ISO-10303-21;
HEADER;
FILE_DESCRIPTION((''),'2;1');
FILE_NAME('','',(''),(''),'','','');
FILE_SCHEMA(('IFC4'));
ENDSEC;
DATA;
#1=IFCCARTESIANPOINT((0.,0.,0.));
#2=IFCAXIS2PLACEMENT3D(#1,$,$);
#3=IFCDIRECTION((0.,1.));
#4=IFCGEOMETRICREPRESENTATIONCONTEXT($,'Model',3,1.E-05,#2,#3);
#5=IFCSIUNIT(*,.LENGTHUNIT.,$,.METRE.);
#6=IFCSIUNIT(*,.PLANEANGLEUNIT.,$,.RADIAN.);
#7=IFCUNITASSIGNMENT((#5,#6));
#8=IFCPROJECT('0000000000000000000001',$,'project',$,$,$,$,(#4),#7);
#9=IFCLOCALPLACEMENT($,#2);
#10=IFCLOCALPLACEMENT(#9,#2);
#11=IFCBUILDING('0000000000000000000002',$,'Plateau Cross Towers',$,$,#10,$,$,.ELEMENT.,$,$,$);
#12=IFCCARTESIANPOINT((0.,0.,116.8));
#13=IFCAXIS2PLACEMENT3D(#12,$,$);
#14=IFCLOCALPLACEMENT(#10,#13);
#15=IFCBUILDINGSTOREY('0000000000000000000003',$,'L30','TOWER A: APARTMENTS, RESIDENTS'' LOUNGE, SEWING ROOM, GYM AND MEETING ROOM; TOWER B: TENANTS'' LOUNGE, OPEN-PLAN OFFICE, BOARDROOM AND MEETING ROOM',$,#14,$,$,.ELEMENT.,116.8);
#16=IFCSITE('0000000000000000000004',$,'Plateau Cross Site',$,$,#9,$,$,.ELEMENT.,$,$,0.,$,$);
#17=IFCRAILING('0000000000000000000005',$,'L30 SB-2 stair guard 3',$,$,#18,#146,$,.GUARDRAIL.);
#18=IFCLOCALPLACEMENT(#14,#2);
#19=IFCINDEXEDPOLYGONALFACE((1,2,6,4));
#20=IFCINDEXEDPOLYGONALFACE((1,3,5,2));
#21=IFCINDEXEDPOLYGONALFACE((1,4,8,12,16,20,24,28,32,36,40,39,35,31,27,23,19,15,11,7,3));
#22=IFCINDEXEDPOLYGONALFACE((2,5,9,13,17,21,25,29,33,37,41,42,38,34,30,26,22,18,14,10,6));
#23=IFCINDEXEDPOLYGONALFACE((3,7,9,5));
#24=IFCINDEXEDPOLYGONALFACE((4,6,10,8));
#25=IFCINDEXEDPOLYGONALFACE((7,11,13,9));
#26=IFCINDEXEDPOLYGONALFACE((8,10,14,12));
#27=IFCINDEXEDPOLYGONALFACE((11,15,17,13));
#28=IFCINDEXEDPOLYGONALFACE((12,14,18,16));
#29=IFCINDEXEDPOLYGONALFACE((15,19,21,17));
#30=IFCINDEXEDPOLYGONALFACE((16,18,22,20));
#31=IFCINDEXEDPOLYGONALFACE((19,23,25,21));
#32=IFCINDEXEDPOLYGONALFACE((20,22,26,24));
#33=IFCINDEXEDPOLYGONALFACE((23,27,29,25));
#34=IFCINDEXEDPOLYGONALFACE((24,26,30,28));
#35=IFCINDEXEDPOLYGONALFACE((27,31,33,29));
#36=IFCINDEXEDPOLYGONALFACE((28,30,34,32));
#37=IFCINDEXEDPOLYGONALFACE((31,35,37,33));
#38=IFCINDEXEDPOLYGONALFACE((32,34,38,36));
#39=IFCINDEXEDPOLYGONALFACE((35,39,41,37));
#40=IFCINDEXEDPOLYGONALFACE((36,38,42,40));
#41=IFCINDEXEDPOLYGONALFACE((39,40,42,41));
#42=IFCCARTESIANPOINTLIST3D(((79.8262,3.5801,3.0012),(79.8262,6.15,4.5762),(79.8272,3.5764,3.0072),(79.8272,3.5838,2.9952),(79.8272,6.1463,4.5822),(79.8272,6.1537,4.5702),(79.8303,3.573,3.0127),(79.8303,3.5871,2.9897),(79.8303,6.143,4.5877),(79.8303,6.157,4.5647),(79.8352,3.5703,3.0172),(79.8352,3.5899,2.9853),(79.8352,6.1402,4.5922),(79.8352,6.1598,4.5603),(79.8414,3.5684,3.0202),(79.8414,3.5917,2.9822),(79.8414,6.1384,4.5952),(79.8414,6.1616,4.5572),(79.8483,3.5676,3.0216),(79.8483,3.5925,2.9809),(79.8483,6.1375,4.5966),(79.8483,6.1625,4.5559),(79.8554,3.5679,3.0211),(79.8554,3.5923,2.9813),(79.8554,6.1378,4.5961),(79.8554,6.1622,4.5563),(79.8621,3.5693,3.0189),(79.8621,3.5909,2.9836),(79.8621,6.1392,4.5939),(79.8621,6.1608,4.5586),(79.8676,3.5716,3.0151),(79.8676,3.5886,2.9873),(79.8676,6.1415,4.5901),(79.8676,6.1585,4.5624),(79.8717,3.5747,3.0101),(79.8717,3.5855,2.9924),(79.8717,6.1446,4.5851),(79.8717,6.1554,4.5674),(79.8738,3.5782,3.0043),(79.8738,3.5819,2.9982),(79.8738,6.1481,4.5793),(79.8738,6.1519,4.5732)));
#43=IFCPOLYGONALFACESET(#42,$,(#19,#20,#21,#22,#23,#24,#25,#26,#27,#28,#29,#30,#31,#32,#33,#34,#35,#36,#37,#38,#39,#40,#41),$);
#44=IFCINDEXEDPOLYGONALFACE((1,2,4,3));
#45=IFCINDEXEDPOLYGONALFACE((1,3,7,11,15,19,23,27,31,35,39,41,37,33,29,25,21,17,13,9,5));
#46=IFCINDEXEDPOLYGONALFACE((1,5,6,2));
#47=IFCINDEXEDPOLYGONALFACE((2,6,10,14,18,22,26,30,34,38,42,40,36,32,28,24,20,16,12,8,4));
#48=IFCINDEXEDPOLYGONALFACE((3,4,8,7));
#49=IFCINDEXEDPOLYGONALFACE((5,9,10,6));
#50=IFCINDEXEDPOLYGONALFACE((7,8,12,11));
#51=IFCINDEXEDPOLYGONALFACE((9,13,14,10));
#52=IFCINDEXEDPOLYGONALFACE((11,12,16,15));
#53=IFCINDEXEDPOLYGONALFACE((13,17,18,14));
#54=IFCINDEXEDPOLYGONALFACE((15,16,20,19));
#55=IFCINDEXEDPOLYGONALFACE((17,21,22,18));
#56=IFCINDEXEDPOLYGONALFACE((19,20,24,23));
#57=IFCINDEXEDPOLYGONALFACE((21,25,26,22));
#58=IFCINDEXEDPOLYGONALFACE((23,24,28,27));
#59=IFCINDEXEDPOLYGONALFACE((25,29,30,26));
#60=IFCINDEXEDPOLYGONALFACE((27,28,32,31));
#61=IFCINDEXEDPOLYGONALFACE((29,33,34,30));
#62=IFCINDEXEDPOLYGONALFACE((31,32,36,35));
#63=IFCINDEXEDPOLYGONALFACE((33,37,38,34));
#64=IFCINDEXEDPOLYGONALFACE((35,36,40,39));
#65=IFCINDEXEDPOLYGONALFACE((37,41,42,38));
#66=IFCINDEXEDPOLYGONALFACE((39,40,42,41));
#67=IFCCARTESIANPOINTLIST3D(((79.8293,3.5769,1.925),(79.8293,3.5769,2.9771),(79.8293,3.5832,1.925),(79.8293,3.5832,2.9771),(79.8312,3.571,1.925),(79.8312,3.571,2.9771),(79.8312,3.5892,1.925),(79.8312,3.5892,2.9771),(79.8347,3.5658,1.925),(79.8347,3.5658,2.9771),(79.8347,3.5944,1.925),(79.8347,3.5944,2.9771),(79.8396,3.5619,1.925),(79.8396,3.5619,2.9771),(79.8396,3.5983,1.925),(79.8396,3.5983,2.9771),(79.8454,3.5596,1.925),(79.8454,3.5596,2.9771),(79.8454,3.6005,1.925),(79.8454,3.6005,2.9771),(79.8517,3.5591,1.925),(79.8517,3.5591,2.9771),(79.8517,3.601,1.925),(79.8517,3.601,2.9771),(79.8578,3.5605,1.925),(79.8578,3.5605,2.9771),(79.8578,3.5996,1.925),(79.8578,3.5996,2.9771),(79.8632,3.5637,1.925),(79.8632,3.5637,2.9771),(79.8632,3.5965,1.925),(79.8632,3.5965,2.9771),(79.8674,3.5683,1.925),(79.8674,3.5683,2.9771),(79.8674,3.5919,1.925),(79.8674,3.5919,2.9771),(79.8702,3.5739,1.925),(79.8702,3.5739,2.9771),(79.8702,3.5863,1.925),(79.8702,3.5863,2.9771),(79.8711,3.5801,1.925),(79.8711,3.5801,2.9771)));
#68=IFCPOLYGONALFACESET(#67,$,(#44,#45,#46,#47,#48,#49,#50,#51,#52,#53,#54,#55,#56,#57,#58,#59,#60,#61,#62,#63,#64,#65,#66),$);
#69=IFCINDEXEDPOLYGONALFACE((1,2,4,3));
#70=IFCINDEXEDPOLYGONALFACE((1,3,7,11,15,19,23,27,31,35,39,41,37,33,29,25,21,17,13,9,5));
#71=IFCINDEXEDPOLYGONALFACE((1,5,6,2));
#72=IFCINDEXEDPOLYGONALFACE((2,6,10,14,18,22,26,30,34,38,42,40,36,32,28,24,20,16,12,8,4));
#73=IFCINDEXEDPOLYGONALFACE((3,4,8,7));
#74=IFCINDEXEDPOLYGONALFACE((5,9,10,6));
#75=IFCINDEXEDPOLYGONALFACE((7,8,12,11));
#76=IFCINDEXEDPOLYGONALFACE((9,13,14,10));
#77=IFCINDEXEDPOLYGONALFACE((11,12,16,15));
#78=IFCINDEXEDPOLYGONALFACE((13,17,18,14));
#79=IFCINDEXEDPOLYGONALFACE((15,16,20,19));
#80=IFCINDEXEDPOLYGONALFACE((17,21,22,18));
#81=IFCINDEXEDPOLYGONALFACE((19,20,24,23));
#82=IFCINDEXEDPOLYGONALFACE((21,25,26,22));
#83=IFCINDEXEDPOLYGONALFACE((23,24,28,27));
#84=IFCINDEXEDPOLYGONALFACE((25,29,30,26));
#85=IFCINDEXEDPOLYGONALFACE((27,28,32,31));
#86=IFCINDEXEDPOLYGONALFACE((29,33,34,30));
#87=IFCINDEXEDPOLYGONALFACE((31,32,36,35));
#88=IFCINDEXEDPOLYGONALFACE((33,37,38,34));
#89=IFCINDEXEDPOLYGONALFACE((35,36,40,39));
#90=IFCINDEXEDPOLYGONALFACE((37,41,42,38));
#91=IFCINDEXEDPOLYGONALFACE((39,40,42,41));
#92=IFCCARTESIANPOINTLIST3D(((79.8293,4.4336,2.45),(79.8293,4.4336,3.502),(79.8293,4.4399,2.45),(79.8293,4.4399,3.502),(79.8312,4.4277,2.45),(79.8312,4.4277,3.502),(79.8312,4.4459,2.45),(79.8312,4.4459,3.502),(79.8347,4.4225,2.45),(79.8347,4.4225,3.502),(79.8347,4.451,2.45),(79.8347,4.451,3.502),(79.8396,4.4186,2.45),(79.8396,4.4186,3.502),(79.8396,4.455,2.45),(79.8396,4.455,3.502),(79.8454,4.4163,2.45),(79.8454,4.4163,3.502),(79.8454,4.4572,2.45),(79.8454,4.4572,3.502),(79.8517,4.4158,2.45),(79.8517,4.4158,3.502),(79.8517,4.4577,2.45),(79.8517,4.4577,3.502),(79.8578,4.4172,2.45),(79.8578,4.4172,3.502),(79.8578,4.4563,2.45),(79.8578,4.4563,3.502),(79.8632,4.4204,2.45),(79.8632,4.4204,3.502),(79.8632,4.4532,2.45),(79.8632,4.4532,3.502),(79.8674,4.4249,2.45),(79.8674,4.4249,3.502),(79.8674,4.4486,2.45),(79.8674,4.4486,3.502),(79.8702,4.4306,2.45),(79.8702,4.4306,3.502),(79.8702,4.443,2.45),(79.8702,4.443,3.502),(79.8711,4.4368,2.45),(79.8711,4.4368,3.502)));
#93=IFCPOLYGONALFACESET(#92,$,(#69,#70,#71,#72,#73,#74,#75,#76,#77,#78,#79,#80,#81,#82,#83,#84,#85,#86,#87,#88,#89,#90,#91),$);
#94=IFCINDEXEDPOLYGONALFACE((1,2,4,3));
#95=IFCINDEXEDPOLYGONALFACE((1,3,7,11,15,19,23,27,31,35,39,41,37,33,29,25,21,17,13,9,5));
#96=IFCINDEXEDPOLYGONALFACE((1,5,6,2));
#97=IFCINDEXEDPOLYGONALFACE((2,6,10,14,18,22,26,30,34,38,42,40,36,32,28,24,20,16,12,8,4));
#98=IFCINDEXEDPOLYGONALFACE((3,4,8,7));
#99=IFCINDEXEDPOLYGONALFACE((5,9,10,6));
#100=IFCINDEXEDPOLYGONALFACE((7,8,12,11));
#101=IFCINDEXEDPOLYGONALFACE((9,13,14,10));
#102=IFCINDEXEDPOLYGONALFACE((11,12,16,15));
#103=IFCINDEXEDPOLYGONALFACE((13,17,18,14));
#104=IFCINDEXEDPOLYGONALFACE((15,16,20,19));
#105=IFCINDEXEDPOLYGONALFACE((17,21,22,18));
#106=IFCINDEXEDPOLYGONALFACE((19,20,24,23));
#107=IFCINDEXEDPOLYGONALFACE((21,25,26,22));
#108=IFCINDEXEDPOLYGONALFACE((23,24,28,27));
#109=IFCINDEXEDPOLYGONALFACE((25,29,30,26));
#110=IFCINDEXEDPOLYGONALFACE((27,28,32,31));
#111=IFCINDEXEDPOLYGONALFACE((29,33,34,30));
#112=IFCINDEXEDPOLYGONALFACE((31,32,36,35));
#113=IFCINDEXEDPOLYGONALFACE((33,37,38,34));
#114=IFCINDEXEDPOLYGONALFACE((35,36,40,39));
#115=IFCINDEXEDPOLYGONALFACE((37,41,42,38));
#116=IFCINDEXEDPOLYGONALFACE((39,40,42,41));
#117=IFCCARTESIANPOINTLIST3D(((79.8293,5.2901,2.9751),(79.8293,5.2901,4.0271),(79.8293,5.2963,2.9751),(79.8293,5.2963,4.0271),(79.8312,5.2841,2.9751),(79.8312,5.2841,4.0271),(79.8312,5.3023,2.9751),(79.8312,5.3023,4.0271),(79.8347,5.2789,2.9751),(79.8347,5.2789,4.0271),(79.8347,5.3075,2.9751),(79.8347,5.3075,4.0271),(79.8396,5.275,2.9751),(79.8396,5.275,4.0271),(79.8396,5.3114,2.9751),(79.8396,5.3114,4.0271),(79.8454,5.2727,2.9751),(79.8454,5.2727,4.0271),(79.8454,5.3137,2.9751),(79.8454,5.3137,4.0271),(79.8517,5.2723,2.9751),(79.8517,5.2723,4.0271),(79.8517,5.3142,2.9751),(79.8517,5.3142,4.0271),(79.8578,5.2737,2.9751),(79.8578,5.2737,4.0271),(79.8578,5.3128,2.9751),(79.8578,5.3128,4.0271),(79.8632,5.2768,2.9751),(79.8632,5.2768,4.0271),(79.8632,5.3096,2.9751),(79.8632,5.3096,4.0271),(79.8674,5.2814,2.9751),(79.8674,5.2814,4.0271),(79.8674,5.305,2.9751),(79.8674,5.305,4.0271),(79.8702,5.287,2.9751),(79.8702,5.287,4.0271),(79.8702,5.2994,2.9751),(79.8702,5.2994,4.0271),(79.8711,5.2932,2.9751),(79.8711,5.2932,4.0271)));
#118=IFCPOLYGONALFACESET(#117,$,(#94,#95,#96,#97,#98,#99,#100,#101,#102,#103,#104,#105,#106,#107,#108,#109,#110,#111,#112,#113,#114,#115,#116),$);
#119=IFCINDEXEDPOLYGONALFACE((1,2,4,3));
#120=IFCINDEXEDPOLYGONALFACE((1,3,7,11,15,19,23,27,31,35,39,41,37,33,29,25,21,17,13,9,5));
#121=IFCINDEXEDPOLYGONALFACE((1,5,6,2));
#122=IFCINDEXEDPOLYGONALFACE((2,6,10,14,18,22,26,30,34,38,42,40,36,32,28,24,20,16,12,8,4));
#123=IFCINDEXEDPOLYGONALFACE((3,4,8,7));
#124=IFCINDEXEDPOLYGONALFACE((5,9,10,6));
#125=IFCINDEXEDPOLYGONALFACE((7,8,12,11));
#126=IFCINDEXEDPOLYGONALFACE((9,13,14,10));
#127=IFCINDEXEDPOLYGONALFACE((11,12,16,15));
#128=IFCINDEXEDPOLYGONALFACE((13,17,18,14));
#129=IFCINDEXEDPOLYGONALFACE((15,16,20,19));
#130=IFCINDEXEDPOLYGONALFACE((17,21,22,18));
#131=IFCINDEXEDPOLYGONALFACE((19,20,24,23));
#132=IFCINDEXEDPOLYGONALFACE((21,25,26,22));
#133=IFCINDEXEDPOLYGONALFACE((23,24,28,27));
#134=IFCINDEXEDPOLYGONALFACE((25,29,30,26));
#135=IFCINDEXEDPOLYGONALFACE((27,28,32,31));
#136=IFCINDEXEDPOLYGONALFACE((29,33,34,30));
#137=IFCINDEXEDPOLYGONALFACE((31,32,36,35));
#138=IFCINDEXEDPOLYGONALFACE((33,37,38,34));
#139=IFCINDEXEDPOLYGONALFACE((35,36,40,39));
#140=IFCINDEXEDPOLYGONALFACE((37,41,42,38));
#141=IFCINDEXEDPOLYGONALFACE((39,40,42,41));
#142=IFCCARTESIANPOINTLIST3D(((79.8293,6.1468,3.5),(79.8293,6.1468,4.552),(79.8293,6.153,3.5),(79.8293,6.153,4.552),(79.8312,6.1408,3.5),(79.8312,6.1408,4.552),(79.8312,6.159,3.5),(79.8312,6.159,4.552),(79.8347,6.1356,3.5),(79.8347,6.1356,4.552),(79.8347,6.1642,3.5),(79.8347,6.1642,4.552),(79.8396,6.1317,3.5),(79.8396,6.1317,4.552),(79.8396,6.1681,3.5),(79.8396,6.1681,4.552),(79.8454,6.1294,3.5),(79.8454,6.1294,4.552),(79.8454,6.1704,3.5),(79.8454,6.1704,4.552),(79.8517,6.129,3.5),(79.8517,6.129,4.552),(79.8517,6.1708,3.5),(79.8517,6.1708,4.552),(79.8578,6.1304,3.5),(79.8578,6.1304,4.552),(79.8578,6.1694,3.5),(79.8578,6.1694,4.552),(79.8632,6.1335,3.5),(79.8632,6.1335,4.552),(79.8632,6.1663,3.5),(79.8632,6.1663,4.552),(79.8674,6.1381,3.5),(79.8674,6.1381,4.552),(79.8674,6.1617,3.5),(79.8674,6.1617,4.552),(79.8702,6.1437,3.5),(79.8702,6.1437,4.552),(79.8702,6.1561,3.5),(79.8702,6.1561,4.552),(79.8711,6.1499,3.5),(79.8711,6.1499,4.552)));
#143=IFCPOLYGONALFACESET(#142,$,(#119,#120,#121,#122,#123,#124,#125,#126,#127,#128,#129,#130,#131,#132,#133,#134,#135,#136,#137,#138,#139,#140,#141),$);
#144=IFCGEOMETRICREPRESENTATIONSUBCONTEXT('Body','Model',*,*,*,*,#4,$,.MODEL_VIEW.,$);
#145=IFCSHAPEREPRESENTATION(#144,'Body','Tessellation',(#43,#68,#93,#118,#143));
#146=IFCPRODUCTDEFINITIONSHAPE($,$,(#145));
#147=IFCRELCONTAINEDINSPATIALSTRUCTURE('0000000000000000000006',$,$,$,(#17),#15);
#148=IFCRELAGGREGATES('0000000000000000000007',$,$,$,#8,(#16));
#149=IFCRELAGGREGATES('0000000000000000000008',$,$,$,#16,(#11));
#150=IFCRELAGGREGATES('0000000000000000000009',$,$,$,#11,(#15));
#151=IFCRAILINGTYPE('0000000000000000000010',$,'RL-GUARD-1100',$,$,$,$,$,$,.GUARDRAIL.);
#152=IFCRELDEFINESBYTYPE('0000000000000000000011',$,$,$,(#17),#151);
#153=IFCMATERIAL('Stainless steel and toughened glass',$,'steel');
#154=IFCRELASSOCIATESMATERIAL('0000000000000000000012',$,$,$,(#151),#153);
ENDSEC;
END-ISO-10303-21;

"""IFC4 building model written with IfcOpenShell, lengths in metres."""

from ifc_helpers import new_model, si_unit, direction, frame, origin, origin_2d, place, context, subcontext, project, spatial, circle, extrude, material, type_object, element, save


model = new_model("IFC4")

# Units and contexts
model_context = context("Model", 3, precision=1e-05, world=origin(), true_north=direction((0.0, 1.0)))
body_context = subcontext(model_context, "Body", "Model", "MODEL_VIEW")
ifc_project = project(units=[si_unit("LENGTHUNIT", "METRE"), si_unit("PLANEANGLEUNIT", "RADIAN")], contexts=[model_context])

# Site, building, storey
site_placement = place(None, origin())
site = spatial("IfcSite", under=ifc_project, at=site_placement, Name="Plateau Cross Site", CompositionType="ELEMENT", RefElevation=0.0)
building_placement = place(site_placement, origin())
building = spatial("IfcBuilding", under=site, at=building_placement, Name="Plateau Cross Towers", CompositionType="ELEMENT")
storey_placement = place(building_placement, frame((0.0, 0.0, 116.8)))
storey = spatial("IfcBuildingStorey", under=building, at=storey_placement, Name="L30", Description="TOWER A: APARTMENTS, RESIDENTS' LOUNGE, SEWING ROOM, GYM AND MEETING ROOM; TOWER B: TENANTS' LOUNGE, OPEN-PLAN OFFICE, BOARDROOM AND MEETING ROOM", CompositionType="ELEMENT", Elevation=116.8)

# Railing
ifc_material_1 = material(Name="Stainless steel and toughened glass", Category="steel")
railing_type_1 = type_object("IfcRailingType", Name="RL-GUARD-1100", PredefinedType="GUARDRAIL", material=ifc_material_1)
railing_1_placement = place(storey_placement, frame((79.8501, 3.5801, 1.925)))
element("IfcRailing", 1, at=railing_1_placement, inside=storey, type_object=railing_type_1, Name="L30 SB-2 stair guard 3", PredefinedType="GUARDRAIL", context=body_context, shape_type="SweptSolid", body=[
    extrude(circle(Radius=0.0239, at=origin_2d()), frame((0.0, 0.0, 1.0762), z_axis=(0.0, 0.852616, 0.522537), x_axis=(-1.0, 0.0, 0.0)), (0.0, 0.0, 1.0), 3.0142),
    extrude(circle(Radius=0.021, at=origin_2d()), origin(), (0.0, 0.0, 1.0), 1.052),
    extrude(circle(Radius=0.021, at=origin_2d()), frame((0.0, 0.8567, 0.5249)), (0.0, 0.0, 1.0), 1.052),
    extrude(circle(Radius=0.021, at=origin_2d()), frame((0.0, 1.7131, 1.05)), (0.0, 0.0, 1.0), 1.052),
    extrude(circle(Radius=0.021, at=origin_2d()), frame((0.0, 2.5698, 1.575)), (0.0, 0.0, 1.0), 1.052),
])

save(model, "model.ifc")
